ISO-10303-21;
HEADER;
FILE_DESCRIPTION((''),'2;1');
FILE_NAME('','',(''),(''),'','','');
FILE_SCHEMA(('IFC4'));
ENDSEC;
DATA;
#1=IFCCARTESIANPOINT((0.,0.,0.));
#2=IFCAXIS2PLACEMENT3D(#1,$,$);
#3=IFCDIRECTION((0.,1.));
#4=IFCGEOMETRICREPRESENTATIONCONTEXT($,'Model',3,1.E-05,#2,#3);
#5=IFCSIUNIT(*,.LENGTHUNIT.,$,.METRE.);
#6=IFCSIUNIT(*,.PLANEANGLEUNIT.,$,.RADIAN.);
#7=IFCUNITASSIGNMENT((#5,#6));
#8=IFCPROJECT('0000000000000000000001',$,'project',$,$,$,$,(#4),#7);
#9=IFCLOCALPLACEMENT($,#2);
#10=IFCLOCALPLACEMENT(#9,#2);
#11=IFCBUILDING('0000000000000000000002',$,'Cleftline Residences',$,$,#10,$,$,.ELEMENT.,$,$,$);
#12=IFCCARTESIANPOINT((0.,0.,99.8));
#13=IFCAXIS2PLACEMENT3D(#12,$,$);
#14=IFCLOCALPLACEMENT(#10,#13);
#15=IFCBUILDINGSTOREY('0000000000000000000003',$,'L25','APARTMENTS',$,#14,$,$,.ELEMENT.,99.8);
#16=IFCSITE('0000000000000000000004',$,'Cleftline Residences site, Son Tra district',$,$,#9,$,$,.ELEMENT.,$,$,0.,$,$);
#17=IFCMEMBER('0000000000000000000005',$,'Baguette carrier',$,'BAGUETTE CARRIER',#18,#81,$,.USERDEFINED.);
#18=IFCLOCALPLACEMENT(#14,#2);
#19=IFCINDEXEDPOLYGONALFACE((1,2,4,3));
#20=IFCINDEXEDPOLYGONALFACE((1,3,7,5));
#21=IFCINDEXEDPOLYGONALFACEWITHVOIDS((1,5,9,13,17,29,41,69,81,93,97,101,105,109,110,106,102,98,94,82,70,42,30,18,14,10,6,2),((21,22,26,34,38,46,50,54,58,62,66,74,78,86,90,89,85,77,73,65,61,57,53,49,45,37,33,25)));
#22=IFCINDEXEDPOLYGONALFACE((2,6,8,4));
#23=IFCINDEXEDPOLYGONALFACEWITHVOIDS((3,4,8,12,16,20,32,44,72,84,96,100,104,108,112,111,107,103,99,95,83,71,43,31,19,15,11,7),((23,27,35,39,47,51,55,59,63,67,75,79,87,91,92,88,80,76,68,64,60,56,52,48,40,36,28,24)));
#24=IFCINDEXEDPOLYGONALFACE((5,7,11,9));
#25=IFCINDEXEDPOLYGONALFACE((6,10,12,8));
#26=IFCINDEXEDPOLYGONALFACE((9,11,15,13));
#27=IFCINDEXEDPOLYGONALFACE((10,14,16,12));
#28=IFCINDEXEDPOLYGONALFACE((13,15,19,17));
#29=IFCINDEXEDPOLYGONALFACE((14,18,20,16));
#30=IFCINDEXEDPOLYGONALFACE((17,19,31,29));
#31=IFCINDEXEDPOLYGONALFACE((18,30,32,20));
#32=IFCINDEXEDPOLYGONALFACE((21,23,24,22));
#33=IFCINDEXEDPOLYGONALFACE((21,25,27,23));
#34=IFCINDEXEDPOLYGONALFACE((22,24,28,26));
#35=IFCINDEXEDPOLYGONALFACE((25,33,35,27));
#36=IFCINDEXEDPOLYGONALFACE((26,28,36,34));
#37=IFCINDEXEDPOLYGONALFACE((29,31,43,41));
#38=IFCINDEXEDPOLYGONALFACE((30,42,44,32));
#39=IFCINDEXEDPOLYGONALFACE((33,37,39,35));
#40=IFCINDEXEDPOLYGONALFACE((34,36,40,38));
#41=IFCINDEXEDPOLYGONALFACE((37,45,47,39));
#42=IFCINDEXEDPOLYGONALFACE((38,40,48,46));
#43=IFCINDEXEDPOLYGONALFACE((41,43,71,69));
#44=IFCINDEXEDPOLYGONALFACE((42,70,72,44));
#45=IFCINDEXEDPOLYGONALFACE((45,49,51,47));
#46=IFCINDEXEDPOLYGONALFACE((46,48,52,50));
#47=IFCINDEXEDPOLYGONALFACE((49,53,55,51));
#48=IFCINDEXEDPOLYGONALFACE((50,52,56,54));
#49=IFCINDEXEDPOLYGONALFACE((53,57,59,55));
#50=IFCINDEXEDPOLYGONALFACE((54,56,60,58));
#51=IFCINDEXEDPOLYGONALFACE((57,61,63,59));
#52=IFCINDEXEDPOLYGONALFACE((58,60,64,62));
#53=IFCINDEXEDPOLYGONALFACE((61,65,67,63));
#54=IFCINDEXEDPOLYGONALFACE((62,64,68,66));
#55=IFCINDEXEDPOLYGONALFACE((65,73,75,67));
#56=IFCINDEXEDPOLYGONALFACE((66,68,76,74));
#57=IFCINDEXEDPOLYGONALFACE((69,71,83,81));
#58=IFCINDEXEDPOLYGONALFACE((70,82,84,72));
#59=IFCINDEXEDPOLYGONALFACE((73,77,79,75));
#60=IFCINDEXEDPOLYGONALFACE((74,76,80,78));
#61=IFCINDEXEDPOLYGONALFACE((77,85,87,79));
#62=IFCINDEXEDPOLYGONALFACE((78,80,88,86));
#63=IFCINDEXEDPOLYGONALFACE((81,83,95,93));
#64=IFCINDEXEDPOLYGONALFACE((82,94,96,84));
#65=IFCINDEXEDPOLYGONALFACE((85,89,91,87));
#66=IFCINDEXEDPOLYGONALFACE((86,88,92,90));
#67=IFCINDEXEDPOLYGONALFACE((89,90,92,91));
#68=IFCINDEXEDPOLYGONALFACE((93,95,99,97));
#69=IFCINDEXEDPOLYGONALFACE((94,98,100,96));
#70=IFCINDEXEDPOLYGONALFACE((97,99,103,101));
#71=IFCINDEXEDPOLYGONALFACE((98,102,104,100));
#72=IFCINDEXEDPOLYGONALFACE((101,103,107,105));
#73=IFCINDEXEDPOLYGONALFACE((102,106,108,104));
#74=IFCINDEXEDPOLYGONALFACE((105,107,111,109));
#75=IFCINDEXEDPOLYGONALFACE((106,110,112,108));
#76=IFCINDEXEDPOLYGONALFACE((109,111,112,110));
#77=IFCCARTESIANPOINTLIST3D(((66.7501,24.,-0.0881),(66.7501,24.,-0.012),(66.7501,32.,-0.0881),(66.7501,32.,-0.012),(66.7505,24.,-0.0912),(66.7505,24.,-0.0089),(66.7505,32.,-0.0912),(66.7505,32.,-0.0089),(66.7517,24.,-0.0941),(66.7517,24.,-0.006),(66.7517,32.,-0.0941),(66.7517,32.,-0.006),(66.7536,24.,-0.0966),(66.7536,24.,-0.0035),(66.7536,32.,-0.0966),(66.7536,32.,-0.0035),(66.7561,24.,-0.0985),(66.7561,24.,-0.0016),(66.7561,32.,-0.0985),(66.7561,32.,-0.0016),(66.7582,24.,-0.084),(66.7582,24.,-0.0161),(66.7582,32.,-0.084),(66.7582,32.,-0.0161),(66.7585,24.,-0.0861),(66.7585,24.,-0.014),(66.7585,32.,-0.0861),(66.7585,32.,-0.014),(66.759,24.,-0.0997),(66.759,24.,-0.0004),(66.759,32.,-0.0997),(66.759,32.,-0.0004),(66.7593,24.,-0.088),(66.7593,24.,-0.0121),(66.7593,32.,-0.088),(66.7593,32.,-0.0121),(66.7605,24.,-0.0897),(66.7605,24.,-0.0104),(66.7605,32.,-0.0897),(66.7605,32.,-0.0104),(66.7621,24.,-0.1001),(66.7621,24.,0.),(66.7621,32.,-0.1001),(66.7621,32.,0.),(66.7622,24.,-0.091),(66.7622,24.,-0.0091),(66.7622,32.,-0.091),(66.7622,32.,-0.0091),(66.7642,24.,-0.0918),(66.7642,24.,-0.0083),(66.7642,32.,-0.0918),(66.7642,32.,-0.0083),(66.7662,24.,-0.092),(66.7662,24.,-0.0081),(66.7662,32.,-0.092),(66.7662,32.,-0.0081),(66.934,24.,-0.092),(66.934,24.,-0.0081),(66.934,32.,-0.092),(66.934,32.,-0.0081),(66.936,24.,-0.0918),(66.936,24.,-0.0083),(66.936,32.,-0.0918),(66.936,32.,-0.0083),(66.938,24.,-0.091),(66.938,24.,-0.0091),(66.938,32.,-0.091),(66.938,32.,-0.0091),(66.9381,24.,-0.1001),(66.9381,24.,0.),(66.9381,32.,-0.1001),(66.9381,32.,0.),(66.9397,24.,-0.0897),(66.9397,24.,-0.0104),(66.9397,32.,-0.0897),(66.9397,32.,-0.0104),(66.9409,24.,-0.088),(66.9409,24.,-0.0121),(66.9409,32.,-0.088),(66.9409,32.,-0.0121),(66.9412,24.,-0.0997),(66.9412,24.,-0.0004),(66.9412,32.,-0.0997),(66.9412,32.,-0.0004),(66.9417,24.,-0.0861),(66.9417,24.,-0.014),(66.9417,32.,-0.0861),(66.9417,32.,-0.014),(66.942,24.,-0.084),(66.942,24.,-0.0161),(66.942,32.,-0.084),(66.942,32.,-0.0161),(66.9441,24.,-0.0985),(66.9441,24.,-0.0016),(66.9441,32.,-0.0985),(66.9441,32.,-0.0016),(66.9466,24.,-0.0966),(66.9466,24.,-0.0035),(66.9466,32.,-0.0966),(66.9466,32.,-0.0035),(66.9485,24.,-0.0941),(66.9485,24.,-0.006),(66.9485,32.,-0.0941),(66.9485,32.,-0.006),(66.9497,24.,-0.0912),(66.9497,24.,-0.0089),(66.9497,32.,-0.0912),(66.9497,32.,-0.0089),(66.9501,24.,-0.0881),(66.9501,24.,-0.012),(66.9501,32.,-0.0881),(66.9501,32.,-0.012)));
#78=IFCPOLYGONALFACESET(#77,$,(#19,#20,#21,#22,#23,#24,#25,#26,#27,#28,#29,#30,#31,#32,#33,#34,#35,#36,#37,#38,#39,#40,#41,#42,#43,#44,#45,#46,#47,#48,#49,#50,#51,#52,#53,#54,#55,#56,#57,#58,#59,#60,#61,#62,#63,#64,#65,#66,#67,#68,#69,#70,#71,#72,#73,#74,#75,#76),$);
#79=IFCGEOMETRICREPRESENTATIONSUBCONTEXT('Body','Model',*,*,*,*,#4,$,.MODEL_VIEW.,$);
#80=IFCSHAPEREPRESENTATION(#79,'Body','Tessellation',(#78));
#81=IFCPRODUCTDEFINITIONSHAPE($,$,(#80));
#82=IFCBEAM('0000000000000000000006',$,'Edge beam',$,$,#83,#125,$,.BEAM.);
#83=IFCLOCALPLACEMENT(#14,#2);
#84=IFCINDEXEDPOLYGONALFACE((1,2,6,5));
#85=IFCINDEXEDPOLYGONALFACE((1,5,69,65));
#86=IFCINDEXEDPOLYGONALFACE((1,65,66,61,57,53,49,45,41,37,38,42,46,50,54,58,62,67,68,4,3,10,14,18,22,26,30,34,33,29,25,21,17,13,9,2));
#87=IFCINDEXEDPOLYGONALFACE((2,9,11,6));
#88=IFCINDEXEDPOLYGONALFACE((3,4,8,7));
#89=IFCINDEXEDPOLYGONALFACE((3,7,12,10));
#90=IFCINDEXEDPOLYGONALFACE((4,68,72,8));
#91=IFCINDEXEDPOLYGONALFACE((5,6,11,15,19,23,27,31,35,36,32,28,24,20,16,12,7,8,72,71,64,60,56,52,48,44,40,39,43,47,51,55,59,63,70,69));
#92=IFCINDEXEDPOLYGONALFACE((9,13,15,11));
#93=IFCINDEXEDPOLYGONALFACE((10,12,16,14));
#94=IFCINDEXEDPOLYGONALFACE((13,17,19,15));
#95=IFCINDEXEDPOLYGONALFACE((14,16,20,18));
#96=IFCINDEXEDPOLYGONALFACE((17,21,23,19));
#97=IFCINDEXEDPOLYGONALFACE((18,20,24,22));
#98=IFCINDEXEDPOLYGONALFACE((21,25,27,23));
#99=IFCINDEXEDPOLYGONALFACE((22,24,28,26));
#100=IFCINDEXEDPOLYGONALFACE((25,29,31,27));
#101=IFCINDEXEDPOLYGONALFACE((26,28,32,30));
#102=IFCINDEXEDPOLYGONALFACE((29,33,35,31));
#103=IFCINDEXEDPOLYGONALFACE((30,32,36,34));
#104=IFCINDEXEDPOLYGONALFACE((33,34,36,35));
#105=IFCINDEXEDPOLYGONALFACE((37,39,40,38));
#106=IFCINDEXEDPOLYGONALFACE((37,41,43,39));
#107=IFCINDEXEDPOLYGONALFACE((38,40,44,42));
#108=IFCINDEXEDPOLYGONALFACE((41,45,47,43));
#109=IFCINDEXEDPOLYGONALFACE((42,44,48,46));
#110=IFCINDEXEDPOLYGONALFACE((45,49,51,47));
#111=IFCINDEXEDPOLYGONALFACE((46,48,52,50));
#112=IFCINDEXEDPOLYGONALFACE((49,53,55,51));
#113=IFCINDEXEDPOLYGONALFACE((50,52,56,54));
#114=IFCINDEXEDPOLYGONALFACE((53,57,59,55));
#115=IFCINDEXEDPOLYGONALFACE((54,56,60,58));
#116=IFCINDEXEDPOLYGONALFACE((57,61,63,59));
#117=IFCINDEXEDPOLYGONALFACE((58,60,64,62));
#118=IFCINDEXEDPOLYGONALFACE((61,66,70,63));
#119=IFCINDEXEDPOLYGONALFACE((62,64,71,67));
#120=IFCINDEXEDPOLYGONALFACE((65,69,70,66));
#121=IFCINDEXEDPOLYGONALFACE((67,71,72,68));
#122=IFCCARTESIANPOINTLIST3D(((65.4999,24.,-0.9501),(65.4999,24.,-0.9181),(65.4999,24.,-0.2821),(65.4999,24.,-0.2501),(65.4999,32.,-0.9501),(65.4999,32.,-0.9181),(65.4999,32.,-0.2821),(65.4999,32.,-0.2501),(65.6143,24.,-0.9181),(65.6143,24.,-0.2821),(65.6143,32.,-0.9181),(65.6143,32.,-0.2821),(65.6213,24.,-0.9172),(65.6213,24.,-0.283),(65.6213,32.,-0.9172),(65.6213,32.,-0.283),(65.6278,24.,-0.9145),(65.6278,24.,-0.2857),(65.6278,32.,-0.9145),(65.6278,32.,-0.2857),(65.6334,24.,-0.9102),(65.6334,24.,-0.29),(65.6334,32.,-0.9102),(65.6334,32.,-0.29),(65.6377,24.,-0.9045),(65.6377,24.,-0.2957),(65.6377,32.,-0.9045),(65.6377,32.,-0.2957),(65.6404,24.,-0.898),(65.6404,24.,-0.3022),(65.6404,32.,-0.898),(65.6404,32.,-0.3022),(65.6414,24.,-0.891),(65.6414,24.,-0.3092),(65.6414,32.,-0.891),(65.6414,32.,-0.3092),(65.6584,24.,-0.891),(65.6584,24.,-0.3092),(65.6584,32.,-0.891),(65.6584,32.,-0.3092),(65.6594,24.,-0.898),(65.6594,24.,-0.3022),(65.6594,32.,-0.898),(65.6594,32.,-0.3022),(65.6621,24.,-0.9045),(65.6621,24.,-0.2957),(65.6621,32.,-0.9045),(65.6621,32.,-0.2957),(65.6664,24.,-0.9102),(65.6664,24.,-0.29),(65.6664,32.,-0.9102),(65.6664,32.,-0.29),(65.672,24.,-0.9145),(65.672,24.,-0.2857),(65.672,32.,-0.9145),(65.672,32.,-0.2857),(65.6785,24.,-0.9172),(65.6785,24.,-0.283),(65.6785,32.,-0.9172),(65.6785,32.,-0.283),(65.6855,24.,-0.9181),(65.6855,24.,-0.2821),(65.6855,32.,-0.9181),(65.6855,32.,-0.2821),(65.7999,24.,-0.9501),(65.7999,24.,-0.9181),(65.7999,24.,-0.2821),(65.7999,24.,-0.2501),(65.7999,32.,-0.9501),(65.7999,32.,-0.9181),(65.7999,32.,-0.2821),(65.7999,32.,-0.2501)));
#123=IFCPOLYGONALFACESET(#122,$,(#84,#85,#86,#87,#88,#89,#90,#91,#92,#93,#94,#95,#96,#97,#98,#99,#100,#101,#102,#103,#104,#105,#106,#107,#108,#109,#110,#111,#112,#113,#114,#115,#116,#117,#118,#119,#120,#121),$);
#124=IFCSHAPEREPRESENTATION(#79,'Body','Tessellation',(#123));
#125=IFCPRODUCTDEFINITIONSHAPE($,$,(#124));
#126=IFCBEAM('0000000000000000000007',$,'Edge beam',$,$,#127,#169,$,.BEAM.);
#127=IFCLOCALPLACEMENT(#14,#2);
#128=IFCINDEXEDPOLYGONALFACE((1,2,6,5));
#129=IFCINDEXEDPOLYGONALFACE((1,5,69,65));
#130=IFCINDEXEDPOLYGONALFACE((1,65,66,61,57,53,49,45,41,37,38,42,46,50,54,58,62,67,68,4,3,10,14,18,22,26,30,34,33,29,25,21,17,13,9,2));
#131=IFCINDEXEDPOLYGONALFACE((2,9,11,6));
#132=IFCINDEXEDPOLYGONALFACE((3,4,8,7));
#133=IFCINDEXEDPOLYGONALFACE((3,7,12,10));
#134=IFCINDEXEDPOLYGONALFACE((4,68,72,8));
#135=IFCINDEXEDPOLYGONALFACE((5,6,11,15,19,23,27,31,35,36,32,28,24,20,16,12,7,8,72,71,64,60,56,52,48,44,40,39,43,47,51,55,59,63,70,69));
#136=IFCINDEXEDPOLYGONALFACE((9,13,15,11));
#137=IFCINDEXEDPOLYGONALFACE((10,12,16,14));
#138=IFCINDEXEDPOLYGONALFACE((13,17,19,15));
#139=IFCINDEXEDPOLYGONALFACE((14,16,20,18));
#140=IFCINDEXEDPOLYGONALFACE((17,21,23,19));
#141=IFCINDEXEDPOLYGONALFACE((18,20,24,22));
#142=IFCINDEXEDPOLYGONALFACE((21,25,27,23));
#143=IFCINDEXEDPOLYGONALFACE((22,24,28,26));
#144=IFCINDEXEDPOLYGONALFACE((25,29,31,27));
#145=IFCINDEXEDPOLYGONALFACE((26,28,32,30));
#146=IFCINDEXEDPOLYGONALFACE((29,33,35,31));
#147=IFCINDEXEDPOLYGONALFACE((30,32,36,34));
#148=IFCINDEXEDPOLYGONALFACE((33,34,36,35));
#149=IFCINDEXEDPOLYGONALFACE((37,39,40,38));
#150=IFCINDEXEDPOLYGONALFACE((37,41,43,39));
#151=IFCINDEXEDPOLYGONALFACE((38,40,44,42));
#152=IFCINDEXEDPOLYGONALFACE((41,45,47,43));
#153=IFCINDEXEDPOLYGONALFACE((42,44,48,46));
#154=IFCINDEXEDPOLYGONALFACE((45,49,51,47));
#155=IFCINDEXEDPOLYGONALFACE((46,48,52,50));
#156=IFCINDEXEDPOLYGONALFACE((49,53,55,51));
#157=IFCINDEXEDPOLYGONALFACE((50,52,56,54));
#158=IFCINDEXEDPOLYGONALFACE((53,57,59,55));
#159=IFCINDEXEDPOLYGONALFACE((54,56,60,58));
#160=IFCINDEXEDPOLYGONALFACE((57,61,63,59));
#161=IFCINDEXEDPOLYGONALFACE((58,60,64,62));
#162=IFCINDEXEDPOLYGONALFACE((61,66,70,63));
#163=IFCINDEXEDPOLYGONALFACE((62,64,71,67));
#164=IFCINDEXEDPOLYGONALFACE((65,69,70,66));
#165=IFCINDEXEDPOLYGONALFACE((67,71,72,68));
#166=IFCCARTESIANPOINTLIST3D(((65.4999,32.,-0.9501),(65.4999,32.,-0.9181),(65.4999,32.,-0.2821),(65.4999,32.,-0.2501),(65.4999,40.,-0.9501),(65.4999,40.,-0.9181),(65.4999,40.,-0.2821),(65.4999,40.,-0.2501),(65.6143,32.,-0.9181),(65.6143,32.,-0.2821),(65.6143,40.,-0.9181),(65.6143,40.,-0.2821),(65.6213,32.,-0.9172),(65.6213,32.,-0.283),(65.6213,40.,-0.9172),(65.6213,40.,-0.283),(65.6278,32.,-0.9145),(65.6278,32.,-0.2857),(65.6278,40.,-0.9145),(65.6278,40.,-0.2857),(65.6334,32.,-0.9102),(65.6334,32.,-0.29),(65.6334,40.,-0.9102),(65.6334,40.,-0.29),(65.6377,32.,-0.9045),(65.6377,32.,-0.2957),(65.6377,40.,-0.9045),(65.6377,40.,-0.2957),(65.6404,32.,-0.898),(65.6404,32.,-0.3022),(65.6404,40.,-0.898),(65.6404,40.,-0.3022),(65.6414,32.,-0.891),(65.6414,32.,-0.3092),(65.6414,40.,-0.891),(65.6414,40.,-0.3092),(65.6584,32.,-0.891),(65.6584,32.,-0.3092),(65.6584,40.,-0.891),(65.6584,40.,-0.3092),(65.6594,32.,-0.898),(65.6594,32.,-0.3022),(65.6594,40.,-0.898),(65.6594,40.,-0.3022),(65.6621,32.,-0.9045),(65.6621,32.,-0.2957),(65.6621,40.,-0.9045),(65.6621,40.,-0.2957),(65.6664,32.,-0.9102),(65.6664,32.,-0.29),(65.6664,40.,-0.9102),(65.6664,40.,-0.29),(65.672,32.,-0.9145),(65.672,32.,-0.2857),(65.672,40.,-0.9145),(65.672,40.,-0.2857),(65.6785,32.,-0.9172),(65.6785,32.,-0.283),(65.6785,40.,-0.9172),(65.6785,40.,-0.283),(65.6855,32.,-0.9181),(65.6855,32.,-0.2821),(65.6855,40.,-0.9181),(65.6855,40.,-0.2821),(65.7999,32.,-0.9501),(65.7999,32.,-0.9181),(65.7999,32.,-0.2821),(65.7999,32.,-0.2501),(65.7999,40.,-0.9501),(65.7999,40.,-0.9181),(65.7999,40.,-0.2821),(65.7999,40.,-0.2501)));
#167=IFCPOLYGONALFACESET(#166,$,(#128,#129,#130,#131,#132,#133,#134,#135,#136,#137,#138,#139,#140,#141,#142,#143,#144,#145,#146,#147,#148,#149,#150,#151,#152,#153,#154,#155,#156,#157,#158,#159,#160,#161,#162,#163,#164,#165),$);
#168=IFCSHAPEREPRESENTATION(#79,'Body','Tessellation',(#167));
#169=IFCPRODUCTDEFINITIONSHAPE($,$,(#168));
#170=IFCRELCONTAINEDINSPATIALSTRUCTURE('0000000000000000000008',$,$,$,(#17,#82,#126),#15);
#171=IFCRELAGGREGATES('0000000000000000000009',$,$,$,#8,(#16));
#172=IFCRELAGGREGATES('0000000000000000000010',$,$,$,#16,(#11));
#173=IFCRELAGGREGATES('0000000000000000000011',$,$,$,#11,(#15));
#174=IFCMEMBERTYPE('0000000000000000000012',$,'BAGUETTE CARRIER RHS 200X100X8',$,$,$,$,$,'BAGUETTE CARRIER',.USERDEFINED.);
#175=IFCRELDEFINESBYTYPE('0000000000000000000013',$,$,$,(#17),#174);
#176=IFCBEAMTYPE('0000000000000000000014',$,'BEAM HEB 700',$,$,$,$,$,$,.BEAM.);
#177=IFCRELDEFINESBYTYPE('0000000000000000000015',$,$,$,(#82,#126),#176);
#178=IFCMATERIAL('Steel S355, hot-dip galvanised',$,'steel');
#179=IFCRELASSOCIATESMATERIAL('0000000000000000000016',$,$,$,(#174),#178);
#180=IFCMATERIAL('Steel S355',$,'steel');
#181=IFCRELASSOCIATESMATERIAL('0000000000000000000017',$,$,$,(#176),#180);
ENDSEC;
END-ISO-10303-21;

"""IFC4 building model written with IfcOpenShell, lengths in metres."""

from ifc_helpers import new_model, si_unit, direction, frame, origin, origin_2d, place, context, subcontext, project, spatial, hollow_rectangle, i_section, extrude, material, material_profile, profile_set, type_object, element, save


model = new_model("IFC4")

# Units and contexts
model_context = context("Model", 3, precision=1e-05, world=origin(), true_north=direction((0.0, 1.0)))
body_context = subcontext(model_context, "Body", "Model", "MODEL_VIEW")
ifc_project = project(units=[si_unit("LENGTHUNIT", "METRE"), si_unit("PLANEANGLEUNIT", "RADIAN")], contexts=[model_context])

# Site, building, storey
site_placement = place(None, origin())
site = spatial("IfcSite", under=ifc_project, at=site_placement, Name="Cleftline Residences site, Son Tra district", CompositionType="ELEMENT", RefElevation=0.0)
building_placement = place(site_placement, origin())
building = spatial("IfcBuilding", under=site, at=building_placement, Name="Cleftline Residences", CompositionType="ELEMENT")
storey_placement = place(building_placement, frame((0.0, 0.0, 99.8)))
storey = spatial("IfcBuildingStorey", under=building, at=storey_placement, Name="L25", Description="APARTMENTS", CompositionType="ELEMENT", Elevation=99.8)

# Member
ifc_material_1 = material(Name="Steel S355, hot-dip galvanised", Category="steel")
ifc_material_profile_1 = material_profile(ifc_material_1, hollow_rectangle(XDim=0.1001, YDim=0.2, WallThickness=0.0081, InnerFilletRadius=0.0081, OuterFilletRadius=0.012, at=origin_2d()))
ifc_profile_set_1 = profile_set([ifc_material_profile_1], Name="Steel S355, hot-dip galvanised")
member_type_1 = type_object("IfcMemberType", Name="BAGUETTE CARRIER RHS 200X100X8", ElementType="BAGUETTE CARRIER", PredefinedType="USERDEFINED", material=ifc_profile_set_1)
member_1_placement = place(storey_placement, frame((66.8501, 24.0, -0.05), z_axis=(0.0, 1.0, 0.0), x_axis=(0.0, 0.0, 1.0)))
element("IfcMember", 1, at=member_1_placement, inside=storey, type_object=member_type_1, Name="Baguette carrier", ObjectType="BAGUETTE CARRIER", PredefinedType="USERDEFINED", context=body_context, shape_type="SweptSolid", body=[
    extrude(hollow_rectangle(XDim=0.1001, YDim=0.2, WallThickness=0.0081, InnerFilletRadius=0.0081, OuterFilletRadius=0.012, at=origin_2d()), origin(), (0.0, 0.0, 1.0), 8.0),
])

# Beams
ifc_material_2 = material(Name="Steel S355", Category="steel")
ifc_material_profile_2 = material_profile(ifc_material_2, i_section(OverallWidth=0.3, OverallDepth=0.7, WebThickness=0.0171, FlangeThickness=0.032, FilletRadius=0.0271, at=origin_2d()))
ifc_profile_set_2 = profile_set([ifc_material_profile_2], Name="Steel S355")
beam_type_1 = type_object("IfcBeamType", Name="BEAM HEB 700", PredefinedType="BEAM", material=ifc_profile_set_2)
for number, where, z_axis, x_axis, name in (
    (2, (65.6499, 24.0, -0.6001), (0.0, 1.0, 0.0), (-1.0, 0.0, 0.0), "Edge beam"),
    (3, (65.6499, 32.0, -0.6001), (0.0, 1.0, 0.0), (-1.0, 0.0, 0.0), "Edge beam"),
):
    element("IfcBeam", number, at=place(storey_placement, frame(where, z_axis=z_axis, x_axis=x_axis)), inside=storey, type_object=beam_type_1, Name=name, PredefinedType="BEAM", context=body_context, shape_type="SweptSolid", body=[
        extrude(i_section(OverallWidth=0.3, OverallDepth=0.7, WebThickness=0.0171, FlangeThickness=0.032, FilletRadius=0.0271, at=origin_2d()), origin(), (0.0, 0.0, 1.0), 8.0),
    ])

save(model, "model.ifc")
